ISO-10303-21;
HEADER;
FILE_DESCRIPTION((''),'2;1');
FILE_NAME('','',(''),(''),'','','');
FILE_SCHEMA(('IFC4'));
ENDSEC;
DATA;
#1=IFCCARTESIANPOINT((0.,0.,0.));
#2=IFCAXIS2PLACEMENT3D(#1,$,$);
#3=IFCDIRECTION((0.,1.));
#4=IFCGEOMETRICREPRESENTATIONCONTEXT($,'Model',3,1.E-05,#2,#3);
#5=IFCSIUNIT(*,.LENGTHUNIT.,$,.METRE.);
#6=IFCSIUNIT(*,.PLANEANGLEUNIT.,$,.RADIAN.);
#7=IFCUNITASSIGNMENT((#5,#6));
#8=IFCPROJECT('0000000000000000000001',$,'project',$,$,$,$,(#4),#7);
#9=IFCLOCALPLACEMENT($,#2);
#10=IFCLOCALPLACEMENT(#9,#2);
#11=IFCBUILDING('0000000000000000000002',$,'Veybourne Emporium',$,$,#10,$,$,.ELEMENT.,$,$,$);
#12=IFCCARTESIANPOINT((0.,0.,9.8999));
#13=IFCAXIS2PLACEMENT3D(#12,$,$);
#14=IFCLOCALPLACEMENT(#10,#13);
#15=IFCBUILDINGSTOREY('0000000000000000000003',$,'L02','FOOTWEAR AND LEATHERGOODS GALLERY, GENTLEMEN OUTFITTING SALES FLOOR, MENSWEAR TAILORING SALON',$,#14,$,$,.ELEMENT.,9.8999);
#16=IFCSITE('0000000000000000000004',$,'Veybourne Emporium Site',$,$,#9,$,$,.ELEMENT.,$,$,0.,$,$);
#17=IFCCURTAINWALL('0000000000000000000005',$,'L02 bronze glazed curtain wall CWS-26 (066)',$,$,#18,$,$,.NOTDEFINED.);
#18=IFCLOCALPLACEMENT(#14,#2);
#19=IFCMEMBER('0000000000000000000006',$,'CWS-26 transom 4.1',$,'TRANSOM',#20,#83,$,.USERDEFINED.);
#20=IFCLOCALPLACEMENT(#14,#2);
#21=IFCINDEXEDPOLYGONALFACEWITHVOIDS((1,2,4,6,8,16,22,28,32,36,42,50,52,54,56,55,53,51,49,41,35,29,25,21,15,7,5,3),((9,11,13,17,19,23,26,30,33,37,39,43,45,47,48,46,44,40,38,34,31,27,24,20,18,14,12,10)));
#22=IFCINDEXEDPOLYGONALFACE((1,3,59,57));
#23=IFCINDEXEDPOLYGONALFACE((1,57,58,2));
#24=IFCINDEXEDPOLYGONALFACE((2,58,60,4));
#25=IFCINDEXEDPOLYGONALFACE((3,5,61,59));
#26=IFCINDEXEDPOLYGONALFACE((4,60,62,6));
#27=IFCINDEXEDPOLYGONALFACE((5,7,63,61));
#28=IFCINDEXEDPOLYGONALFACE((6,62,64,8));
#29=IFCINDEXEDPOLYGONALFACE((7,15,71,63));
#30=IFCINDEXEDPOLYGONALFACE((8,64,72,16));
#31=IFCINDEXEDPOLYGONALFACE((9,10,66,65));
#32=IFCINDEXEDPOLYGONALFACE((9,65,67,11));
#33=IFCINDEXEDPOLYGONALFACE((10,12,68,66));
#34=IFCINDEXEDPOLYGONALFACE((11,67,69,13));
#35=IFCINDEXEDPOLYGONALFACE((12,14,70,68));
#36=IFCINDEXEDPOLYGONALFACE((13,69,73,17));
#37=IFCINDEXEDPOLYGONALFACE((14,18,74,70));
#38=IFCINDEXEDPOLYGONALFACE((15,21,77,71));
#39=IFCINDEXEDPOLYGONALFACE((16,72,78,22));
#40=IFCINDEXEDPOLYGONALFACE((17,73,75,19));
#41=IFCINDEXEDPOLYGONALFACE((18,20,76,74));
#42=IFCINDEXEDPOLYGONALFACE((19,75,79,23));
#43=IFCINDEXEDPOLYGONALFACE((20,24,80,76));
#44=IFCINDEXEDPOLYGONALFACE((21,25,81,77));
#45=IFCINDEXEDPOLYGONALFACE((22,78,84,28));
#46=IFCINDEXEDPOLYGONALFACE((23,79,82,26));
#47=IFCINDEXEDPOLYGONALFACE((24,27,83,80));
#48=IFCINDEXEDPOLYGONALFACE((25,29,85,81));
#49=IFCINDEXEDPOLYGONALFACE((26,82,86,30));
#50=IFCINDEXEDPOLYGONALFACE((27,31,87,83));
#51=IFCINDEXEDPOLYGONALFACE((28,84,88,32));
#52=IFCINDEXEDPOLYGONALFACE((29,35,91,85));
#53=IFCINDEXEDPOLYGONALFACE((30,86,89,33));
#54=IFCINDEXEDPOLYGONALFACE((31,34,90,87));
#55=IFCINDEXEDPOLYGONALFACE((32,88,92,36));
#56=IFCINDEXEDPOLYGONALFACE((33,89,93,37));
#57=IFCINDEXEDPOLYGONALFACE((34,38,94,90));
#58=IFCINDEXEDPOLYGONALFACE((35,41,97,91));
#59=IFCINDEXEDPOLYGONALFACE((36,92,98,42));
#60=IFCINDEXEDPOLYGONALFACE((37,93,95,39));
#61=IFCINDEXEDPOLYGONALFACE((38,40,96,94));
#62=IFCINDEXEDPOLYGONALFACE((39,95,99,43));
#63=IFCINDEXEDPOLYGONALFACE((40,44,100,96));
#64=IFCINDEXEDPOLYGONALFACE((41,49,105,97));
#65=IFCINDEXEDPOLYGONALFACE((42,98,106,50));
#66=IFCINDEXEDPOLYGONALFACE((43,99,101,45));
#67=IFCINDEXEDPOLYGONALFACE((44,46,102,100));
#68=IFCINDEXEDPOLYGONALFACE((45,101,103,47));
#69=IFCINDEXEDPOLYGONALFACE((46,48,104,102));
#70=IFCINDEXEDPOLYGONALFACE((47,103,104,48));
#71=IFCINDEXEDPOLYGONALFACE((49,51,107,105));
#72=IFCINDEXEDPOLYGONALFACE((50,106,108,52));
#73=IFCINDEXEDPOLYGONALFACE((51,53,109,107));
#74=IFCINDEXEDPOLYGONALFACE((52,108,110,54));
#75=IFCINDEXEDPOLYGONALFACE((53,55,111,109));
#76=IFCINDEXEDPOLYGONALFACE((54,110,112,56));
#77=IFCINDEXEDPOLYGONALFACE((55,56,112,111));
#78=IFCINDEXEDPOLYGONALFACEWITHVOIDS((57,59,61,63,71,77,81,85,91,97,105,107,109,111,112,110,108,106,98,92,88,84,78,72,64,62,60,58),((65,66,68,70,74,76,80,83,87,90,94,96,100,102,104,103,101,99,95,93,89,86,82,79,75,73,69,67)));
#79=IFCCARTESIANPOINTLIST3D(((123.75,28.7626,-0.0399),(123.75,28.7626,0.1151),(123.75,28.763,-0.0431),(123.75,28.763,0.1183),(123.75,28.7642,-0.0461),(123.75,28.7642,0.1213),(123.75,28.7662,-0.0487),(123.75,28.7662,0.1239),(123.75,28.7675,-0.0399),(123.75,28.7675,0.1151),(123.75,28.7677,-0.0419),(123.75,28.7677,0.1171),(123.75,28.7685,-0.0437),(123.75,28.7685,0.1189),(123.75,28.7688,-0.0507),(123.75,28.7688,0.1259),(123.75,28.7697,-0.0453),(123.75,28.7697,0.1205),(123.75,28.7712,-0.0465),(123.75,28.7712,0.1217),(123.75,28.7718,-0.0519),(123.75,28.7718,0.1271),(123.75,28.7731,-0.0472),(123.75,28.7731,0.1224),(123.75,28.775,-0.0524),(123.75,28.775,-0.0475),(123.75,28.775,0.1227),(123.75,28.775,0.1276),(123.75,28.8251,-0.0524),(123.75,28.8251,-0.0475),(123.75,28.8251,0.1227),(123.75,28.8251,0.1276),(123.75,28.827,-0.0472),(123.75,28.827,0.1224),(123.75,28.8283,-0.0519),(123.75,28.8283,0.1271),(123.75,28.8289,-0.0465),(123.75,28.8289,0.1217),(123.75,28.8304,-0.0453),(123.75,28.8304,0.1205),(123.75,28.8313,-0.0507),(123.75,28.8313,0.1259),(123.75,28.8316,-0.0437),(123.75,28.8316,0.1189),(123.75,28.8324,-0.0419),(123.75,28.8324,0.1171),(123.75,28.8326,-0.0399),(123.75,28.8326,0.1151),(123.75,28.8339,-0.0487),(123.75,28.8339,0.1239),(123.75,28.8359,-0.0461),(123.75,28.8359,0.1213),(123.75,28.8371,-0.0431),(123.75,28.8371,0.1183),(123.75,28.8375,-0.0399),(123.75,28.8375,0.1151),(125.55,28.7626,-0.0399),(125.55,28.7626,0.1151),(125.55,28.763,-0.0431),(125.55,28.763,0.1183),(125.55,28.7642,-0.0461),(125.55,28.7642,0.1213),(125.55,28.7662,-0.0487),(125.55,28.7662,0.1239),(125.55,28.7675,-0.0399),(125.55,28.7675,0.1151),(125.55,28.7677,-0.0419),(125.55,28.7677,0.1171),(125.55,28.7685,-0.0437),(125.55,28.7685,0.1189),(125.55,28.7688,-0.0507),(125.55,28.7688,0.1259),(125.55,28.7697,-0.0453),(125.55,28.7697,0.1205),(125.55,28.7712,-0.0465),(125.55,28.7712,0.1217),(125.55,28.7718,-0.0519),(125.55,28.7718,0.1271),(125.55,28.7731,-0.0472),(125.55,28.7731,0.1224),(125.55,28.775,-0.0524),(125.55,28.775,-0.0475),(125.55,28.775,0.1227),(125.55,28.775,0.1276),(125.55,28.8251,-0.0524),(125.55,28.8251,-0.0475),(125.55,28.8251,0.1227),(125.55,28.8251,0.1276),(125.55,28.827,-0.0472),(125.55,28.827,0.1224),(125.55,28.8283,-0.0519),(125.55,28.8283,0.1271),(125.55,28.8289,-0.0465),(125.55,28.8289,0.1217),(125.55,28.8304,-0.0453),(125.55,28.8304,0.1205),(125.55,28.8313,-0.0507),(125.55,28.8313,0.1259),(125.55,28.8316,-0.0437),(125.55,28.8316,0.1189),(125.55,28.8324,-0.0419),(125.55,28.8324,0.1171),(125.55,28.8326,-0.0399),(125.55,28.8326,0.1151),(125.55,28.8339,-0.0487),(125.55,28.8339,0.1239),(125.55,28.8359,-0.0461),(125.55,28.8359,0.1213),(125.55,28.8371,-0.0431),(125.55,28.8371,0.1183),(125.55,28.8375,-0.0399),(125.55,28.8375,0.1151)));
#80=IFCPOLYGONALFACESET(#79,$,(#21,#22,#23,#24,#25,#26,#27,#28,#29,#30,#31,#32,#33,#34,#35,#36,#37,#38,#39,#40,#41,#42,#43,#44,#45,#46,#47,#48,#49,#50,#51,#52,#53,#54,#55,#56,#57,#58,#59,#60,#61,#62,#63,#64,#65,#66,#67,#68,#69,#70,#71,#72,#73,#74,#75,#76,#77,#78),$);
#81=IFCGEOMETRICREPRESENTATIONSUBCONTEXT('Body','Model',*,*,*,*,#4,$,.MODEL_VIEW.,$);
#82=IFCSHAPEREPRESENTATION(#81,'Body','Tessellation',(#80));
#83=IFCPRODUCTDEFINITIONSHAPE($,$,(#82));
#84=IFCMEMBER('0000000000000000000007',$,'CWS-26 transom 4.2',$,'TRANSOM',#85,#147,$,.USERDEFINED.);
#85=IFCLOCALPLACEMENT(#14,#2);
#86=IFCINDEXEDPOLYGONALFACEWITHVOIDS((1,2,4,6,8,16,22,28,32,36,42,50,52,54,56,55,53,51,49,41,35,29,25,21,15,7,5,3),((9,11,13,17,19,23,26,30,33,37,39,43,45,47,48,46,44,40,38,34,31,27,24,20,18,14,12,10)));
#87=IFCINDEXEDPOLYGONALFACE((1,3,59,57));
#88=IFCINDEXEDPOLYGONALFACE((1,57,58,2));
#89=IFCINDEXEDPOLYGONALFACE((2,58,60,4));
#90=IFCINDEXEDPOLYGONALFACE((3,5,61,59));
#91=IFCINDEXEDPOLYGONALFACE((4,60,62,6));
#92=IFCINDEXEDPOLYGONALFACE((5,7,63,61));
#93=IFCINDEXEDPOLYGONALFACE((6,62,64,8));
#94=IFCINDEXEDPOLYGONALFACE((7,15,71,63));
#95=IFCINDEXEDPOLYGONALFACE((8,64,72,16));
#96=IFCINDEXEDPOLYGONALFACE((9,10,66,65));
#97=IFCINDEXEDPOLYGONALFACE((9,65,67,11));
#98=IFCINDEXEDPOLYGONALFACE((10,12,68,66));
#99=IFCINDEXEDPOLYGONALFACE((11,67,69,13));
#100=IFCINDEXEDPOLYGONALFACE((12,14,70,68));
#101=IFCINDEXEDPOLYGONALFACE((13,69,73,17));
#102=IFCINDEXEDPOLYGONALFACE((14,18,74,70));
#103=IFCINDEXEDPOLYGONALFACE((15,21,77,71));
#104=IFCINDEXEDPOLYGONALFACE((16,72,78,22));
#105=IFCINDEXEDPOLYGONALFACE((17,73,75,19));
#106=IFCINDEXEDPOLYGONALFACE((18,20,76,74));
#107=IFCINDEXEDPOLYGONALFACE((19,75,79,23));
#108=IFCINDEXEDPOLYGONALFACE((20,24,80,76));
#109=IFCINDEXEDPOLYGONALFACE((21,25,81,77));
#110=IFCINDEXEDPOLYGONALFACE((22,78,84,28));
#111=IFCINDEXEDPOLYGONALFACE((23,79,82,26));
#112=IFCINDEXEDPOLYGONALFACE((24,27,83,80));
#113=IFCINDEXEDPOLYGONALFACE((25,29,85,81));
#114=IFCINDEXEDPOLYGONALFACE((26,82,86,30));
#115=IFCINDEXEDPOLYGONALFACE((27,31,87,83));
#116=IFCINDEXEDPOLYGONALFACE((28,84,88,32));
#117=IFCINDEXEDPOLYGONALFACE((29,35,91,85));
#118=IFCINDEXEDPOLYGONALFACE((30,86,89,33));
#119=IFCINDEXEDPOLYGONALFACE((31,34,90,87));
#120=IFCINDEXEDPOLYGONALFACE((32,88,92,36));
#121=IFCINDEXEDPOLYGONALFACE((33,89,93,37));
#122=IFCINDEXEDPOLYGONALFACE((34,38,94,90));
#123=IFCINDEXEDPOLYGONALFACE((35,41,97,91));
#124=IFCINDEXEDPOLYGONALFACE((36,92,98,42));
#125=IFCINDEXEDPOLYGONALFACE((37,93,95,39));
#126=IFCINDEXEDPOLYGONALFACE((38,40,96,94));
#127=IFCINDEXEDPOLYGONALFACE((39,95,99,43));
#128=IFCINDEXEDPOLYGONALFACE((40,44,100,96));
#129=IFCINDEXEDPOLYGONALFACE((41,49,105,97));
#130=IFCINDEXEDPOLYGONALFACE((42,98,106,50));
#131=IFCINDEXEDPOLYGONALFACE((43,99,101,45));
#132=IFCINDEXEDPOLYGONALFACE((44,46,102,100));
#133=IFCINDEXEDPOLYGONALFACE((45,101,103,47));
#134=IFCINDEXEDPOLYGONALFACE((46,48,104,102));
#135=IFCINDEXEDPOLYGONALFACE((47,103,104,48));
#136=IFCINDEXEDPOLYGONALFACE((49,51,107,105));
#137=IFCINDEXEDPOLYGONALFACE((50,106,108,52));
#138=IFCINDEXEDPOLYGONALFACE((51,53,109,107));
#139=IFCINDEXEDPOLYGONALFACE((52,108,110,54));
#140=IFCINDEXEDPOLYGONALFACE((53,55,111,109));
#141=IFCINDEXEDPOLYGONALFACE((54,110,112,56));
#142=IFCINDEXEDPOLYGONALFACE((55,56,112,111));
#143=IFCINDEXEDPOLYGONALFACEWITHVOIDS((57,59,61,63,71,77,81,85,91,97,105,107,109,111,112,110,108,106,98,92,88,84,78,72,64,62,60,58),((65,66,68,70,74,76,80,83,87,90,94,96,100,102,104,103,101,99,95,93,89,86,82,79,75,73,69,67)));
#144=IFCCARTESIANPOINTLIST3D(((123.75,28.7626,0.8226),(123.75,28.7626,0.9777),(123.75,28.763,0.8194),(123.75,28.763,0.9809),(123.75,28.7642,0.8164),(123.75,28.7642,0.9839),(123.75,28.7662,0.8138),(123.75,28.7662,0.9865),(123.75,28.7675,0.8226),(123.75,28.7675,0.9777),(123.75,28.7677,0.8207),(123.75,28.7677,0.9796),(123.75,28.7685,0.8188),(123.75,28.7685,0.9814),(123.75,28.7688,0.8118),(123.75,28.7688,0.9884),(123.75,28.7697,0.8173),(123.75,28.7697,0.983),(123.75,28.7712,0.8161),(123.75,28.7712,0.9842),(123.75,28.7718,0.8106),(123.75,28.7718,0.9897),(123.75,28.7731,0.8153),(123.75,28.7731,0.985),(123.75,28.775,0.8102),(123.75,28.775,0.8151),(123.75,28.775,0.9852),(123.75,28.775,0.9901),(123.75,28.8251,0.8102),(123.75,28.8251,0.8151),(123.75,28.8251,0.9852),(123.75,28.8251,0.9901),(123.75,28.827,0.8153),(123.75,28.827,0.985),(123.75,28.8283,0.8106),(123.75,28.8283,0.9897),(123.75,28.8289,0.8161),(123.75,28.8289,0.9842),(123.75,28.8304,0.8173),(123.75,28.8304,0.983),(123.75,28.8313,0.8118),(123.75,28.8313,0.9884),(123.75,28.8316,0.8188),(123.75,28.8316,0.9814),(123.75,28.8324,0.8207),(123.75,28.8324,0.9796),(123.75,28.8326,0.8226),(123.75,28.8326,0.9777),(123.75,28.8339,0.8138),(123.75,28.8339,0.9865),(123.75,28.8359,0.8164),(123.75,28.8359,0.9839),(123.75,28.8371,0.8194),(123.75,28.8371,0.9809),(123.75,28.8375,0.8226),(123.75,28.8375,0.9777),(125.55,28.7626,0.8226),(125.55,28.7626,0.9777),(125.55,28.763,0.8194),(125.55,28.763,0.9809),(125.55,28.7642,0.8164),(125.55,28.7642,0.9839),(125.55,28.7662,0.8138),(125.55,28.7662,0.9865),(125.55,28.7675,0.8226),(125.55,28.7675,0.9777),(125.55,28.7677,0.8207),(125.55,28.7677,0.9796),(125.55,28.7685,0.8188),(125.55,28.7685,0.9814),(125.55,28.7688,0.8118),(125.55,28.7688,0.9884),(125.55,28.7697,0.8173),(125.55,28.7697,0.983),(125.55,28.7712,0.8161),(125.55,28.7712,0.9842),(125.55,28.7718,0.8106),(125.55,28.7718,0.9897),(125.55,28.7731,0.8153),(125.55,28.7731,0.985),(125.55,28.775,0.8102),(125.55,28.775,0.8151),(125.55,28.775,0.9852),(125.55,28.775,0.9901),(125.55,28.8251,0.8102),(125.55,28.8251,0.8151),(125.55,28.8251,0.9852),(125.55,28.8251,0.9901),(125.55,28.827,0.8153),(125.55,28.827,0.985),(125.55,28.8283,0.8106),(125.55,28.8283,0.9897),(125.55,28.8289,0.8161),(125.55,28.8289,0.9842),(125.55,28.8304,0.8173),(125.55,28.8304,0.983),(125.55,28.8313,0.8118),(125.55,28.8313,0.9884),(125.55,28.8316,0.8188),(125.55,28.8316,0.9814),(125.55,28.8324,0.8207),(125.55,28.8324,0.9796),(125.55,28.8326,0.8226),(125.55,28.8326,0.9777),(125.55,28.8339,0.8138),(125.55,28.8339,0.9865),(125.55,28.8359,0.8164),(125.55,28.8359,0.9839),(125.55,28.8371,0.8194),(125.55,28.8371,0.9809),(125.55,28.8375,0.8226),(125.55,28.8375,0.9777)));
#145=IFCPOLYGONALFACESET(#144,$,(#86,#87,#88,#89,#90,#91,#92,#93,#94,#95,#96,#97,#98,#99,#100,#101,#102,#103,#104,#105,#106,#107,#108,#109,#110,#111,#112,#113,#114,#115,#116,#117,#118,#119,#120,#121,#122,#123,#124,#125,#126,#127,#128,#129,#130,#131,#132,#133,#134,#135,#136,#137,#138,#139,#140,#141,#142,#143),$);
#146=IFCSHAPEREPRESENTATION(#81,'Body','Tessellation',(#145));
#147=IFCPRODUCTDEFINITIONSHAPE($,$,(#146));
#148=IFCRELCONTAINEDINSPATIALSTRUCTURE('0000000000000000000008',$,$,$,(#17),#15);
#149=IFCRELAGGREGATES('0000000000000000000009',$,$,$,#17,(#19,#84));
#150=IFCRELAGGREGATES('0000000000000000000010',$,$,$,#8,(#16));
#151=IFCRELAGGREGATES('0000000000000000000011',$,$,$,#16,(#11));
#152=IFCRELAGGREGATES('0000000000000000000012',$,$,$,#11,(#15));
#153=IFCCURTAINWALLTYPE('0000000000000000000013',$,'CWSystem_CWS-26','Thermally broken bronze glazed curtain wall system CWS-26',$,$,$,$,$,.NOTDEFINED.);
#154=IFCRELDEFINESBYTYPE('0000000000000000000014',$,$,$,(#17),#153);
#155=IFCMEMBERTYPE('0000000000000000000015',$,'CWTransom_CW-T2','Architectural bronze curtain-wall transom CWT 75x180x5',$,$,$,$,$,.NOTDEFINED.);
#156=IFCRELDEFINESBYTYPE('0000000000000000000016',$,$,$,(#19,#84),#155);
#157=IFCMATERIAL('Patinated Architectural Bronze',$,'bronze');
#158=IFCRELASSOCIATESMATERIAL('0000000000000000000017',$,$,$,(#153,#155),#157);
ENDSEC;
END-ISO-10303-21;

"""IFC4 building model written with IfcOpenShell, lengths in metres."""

from ifc_helpers import new_model, si_unit, direction, frame, origin, origin_2d, place, context, subcontext, project, spatial, hollow_rectangle, extrude, material, material_profile, profile_set, type_object, element, aggregate, save


model = new_model("IFC4")

# Units and contexts
model_context = context("Model", 3, precision=1e-05, world=origin(), true_north=direction((0.0, 1.0)))
body_context = subcontext(model_context, "Body", "Model", "MODEL_VIEW")
ifc_project = project(units=[si_unit("LENGTHUNIT", "METRE"), si_unit("PLANEANGLEUNIT", "RADIAN")], contexts=[model_context])

# Site, building, storey
site_placement = place(None, origin())
site = spatial("IfcSite", under=ifc_project, at=site_placement, Name="Veybourne Emporium Site", CompositionType="ELEMENT", RefElevation=0.0)
building_placement = place(site_placement, origin())
building = spatial("IfcBuilding", under=site, at=building_placement, Name="Veybourne Emporium", CompositionType="ELEMENT")
storey_placement = place(building_placement, frame((0.0, 0.0, 9.8999)))
storey = spatial("IfcBuildingStorey", under=building, at=storey_placement, Name="L02", Description="FOOTWEAR AND LEATHERGOODS GALLERY, GENTLEMEN OUTFITTING SALES FLOOR, MENSWEAR TAILORING SALON", CompositionType="ELEMENT", Elevation=9.8999)

# Curtain wall, members
ifc_material_1 = material(Name="Patinated Architectural Bronze", Category="bronze")
curtain_wall_type = type_object("IfcCurtainWallType", Name="CWSystem_CWS-26", Description="Thermally broken bronze glazed curtain wall system CWS-26", PredefinedType="NOTDEFINED", material=ifc_material_1)
curtain_wall_placement = place(storey_placement, origin())
curtain_wall = element("IfcCurtainWall", 1, at=curtain_wall_placement, inside=storey, type_object=curtain_wall_type, Name="L02 bronze glazed curtain wall CWS-26 (066)", PredefinedType="NOTDEFINED")
ifc_material_profile_1 = material_profile(ifc_material_1, hollow_rectangle(XDim=0.075, YDim=0.1799, WallThickness=0.0049, InnerFilletRadius=0.0076, OuterFilletRadius=0.0125, at=origin_2d()), Name="CWT 75x180x5")
ifc_profile_set_1 = profile_set([ifc_material_profile_1], Name="Patinated Architectural Bronze")
member_type_1 = type_object("IfcMemberType", Name="CWTransom_CW-T2", Description="Architectural bronze curtain-wall transom CWT 75x180x5", PredefinedType="NOTDEFINED", material=ifc_profile_set_1)
member_1_placement = place(storey_placement, frame((123.75, 28.8, 0.0376), z_axis=(1.0, 0.0, 0.0), x_axis=(0.0, 1.0, 0.0)))
member_1 = element("IfcMember", 2, at=member_1_placement, type_object=member_type_1, Name="CWS-26 transom 4.1", ObjectType="TRANSOM", PredefinedType="USERDEFINED", context=body_context, shape_type="SweptSolid", body=[
    extrude(hollow_rectangle(XDim=0.075, YDim=0.1799, WallThickness=0.0049, InnerFilletRadius=0.0076, OuterFilletRadius=0.0125, at=origin_2d()), origin(), (0.0, 0.0, 1.0), 1.8),
])
member_2_placement = place(storey_placement, frame((123.75, 28.8, 0.9001), z_axis=(1.0, 0.0, 0.0), x_axis=(0.0, 1.0, 0.0)))
member_2 = element("IfcMember", 3, at=member_2_placement, type_object=member_type_1, Name="CWS-26 transom 4.2", ObjectType="TRANSOM", PredefinedType="USERDEFINED", context=body_context, shape_type="SweptSolid", body=[
    extrude(hollow_rectangle(XDim=0.075, YDim=0.1799, WallThickness=0.0049, InnerFilletRadius=0.0076, OuterFilletRadius=0.0125, at=origin_2d()), origin(), (0.0, 0.0, 1.0), 1.8),
])

aggregate(curtain_wall, [member_1, member_2])

save(model, "model.ifc")
